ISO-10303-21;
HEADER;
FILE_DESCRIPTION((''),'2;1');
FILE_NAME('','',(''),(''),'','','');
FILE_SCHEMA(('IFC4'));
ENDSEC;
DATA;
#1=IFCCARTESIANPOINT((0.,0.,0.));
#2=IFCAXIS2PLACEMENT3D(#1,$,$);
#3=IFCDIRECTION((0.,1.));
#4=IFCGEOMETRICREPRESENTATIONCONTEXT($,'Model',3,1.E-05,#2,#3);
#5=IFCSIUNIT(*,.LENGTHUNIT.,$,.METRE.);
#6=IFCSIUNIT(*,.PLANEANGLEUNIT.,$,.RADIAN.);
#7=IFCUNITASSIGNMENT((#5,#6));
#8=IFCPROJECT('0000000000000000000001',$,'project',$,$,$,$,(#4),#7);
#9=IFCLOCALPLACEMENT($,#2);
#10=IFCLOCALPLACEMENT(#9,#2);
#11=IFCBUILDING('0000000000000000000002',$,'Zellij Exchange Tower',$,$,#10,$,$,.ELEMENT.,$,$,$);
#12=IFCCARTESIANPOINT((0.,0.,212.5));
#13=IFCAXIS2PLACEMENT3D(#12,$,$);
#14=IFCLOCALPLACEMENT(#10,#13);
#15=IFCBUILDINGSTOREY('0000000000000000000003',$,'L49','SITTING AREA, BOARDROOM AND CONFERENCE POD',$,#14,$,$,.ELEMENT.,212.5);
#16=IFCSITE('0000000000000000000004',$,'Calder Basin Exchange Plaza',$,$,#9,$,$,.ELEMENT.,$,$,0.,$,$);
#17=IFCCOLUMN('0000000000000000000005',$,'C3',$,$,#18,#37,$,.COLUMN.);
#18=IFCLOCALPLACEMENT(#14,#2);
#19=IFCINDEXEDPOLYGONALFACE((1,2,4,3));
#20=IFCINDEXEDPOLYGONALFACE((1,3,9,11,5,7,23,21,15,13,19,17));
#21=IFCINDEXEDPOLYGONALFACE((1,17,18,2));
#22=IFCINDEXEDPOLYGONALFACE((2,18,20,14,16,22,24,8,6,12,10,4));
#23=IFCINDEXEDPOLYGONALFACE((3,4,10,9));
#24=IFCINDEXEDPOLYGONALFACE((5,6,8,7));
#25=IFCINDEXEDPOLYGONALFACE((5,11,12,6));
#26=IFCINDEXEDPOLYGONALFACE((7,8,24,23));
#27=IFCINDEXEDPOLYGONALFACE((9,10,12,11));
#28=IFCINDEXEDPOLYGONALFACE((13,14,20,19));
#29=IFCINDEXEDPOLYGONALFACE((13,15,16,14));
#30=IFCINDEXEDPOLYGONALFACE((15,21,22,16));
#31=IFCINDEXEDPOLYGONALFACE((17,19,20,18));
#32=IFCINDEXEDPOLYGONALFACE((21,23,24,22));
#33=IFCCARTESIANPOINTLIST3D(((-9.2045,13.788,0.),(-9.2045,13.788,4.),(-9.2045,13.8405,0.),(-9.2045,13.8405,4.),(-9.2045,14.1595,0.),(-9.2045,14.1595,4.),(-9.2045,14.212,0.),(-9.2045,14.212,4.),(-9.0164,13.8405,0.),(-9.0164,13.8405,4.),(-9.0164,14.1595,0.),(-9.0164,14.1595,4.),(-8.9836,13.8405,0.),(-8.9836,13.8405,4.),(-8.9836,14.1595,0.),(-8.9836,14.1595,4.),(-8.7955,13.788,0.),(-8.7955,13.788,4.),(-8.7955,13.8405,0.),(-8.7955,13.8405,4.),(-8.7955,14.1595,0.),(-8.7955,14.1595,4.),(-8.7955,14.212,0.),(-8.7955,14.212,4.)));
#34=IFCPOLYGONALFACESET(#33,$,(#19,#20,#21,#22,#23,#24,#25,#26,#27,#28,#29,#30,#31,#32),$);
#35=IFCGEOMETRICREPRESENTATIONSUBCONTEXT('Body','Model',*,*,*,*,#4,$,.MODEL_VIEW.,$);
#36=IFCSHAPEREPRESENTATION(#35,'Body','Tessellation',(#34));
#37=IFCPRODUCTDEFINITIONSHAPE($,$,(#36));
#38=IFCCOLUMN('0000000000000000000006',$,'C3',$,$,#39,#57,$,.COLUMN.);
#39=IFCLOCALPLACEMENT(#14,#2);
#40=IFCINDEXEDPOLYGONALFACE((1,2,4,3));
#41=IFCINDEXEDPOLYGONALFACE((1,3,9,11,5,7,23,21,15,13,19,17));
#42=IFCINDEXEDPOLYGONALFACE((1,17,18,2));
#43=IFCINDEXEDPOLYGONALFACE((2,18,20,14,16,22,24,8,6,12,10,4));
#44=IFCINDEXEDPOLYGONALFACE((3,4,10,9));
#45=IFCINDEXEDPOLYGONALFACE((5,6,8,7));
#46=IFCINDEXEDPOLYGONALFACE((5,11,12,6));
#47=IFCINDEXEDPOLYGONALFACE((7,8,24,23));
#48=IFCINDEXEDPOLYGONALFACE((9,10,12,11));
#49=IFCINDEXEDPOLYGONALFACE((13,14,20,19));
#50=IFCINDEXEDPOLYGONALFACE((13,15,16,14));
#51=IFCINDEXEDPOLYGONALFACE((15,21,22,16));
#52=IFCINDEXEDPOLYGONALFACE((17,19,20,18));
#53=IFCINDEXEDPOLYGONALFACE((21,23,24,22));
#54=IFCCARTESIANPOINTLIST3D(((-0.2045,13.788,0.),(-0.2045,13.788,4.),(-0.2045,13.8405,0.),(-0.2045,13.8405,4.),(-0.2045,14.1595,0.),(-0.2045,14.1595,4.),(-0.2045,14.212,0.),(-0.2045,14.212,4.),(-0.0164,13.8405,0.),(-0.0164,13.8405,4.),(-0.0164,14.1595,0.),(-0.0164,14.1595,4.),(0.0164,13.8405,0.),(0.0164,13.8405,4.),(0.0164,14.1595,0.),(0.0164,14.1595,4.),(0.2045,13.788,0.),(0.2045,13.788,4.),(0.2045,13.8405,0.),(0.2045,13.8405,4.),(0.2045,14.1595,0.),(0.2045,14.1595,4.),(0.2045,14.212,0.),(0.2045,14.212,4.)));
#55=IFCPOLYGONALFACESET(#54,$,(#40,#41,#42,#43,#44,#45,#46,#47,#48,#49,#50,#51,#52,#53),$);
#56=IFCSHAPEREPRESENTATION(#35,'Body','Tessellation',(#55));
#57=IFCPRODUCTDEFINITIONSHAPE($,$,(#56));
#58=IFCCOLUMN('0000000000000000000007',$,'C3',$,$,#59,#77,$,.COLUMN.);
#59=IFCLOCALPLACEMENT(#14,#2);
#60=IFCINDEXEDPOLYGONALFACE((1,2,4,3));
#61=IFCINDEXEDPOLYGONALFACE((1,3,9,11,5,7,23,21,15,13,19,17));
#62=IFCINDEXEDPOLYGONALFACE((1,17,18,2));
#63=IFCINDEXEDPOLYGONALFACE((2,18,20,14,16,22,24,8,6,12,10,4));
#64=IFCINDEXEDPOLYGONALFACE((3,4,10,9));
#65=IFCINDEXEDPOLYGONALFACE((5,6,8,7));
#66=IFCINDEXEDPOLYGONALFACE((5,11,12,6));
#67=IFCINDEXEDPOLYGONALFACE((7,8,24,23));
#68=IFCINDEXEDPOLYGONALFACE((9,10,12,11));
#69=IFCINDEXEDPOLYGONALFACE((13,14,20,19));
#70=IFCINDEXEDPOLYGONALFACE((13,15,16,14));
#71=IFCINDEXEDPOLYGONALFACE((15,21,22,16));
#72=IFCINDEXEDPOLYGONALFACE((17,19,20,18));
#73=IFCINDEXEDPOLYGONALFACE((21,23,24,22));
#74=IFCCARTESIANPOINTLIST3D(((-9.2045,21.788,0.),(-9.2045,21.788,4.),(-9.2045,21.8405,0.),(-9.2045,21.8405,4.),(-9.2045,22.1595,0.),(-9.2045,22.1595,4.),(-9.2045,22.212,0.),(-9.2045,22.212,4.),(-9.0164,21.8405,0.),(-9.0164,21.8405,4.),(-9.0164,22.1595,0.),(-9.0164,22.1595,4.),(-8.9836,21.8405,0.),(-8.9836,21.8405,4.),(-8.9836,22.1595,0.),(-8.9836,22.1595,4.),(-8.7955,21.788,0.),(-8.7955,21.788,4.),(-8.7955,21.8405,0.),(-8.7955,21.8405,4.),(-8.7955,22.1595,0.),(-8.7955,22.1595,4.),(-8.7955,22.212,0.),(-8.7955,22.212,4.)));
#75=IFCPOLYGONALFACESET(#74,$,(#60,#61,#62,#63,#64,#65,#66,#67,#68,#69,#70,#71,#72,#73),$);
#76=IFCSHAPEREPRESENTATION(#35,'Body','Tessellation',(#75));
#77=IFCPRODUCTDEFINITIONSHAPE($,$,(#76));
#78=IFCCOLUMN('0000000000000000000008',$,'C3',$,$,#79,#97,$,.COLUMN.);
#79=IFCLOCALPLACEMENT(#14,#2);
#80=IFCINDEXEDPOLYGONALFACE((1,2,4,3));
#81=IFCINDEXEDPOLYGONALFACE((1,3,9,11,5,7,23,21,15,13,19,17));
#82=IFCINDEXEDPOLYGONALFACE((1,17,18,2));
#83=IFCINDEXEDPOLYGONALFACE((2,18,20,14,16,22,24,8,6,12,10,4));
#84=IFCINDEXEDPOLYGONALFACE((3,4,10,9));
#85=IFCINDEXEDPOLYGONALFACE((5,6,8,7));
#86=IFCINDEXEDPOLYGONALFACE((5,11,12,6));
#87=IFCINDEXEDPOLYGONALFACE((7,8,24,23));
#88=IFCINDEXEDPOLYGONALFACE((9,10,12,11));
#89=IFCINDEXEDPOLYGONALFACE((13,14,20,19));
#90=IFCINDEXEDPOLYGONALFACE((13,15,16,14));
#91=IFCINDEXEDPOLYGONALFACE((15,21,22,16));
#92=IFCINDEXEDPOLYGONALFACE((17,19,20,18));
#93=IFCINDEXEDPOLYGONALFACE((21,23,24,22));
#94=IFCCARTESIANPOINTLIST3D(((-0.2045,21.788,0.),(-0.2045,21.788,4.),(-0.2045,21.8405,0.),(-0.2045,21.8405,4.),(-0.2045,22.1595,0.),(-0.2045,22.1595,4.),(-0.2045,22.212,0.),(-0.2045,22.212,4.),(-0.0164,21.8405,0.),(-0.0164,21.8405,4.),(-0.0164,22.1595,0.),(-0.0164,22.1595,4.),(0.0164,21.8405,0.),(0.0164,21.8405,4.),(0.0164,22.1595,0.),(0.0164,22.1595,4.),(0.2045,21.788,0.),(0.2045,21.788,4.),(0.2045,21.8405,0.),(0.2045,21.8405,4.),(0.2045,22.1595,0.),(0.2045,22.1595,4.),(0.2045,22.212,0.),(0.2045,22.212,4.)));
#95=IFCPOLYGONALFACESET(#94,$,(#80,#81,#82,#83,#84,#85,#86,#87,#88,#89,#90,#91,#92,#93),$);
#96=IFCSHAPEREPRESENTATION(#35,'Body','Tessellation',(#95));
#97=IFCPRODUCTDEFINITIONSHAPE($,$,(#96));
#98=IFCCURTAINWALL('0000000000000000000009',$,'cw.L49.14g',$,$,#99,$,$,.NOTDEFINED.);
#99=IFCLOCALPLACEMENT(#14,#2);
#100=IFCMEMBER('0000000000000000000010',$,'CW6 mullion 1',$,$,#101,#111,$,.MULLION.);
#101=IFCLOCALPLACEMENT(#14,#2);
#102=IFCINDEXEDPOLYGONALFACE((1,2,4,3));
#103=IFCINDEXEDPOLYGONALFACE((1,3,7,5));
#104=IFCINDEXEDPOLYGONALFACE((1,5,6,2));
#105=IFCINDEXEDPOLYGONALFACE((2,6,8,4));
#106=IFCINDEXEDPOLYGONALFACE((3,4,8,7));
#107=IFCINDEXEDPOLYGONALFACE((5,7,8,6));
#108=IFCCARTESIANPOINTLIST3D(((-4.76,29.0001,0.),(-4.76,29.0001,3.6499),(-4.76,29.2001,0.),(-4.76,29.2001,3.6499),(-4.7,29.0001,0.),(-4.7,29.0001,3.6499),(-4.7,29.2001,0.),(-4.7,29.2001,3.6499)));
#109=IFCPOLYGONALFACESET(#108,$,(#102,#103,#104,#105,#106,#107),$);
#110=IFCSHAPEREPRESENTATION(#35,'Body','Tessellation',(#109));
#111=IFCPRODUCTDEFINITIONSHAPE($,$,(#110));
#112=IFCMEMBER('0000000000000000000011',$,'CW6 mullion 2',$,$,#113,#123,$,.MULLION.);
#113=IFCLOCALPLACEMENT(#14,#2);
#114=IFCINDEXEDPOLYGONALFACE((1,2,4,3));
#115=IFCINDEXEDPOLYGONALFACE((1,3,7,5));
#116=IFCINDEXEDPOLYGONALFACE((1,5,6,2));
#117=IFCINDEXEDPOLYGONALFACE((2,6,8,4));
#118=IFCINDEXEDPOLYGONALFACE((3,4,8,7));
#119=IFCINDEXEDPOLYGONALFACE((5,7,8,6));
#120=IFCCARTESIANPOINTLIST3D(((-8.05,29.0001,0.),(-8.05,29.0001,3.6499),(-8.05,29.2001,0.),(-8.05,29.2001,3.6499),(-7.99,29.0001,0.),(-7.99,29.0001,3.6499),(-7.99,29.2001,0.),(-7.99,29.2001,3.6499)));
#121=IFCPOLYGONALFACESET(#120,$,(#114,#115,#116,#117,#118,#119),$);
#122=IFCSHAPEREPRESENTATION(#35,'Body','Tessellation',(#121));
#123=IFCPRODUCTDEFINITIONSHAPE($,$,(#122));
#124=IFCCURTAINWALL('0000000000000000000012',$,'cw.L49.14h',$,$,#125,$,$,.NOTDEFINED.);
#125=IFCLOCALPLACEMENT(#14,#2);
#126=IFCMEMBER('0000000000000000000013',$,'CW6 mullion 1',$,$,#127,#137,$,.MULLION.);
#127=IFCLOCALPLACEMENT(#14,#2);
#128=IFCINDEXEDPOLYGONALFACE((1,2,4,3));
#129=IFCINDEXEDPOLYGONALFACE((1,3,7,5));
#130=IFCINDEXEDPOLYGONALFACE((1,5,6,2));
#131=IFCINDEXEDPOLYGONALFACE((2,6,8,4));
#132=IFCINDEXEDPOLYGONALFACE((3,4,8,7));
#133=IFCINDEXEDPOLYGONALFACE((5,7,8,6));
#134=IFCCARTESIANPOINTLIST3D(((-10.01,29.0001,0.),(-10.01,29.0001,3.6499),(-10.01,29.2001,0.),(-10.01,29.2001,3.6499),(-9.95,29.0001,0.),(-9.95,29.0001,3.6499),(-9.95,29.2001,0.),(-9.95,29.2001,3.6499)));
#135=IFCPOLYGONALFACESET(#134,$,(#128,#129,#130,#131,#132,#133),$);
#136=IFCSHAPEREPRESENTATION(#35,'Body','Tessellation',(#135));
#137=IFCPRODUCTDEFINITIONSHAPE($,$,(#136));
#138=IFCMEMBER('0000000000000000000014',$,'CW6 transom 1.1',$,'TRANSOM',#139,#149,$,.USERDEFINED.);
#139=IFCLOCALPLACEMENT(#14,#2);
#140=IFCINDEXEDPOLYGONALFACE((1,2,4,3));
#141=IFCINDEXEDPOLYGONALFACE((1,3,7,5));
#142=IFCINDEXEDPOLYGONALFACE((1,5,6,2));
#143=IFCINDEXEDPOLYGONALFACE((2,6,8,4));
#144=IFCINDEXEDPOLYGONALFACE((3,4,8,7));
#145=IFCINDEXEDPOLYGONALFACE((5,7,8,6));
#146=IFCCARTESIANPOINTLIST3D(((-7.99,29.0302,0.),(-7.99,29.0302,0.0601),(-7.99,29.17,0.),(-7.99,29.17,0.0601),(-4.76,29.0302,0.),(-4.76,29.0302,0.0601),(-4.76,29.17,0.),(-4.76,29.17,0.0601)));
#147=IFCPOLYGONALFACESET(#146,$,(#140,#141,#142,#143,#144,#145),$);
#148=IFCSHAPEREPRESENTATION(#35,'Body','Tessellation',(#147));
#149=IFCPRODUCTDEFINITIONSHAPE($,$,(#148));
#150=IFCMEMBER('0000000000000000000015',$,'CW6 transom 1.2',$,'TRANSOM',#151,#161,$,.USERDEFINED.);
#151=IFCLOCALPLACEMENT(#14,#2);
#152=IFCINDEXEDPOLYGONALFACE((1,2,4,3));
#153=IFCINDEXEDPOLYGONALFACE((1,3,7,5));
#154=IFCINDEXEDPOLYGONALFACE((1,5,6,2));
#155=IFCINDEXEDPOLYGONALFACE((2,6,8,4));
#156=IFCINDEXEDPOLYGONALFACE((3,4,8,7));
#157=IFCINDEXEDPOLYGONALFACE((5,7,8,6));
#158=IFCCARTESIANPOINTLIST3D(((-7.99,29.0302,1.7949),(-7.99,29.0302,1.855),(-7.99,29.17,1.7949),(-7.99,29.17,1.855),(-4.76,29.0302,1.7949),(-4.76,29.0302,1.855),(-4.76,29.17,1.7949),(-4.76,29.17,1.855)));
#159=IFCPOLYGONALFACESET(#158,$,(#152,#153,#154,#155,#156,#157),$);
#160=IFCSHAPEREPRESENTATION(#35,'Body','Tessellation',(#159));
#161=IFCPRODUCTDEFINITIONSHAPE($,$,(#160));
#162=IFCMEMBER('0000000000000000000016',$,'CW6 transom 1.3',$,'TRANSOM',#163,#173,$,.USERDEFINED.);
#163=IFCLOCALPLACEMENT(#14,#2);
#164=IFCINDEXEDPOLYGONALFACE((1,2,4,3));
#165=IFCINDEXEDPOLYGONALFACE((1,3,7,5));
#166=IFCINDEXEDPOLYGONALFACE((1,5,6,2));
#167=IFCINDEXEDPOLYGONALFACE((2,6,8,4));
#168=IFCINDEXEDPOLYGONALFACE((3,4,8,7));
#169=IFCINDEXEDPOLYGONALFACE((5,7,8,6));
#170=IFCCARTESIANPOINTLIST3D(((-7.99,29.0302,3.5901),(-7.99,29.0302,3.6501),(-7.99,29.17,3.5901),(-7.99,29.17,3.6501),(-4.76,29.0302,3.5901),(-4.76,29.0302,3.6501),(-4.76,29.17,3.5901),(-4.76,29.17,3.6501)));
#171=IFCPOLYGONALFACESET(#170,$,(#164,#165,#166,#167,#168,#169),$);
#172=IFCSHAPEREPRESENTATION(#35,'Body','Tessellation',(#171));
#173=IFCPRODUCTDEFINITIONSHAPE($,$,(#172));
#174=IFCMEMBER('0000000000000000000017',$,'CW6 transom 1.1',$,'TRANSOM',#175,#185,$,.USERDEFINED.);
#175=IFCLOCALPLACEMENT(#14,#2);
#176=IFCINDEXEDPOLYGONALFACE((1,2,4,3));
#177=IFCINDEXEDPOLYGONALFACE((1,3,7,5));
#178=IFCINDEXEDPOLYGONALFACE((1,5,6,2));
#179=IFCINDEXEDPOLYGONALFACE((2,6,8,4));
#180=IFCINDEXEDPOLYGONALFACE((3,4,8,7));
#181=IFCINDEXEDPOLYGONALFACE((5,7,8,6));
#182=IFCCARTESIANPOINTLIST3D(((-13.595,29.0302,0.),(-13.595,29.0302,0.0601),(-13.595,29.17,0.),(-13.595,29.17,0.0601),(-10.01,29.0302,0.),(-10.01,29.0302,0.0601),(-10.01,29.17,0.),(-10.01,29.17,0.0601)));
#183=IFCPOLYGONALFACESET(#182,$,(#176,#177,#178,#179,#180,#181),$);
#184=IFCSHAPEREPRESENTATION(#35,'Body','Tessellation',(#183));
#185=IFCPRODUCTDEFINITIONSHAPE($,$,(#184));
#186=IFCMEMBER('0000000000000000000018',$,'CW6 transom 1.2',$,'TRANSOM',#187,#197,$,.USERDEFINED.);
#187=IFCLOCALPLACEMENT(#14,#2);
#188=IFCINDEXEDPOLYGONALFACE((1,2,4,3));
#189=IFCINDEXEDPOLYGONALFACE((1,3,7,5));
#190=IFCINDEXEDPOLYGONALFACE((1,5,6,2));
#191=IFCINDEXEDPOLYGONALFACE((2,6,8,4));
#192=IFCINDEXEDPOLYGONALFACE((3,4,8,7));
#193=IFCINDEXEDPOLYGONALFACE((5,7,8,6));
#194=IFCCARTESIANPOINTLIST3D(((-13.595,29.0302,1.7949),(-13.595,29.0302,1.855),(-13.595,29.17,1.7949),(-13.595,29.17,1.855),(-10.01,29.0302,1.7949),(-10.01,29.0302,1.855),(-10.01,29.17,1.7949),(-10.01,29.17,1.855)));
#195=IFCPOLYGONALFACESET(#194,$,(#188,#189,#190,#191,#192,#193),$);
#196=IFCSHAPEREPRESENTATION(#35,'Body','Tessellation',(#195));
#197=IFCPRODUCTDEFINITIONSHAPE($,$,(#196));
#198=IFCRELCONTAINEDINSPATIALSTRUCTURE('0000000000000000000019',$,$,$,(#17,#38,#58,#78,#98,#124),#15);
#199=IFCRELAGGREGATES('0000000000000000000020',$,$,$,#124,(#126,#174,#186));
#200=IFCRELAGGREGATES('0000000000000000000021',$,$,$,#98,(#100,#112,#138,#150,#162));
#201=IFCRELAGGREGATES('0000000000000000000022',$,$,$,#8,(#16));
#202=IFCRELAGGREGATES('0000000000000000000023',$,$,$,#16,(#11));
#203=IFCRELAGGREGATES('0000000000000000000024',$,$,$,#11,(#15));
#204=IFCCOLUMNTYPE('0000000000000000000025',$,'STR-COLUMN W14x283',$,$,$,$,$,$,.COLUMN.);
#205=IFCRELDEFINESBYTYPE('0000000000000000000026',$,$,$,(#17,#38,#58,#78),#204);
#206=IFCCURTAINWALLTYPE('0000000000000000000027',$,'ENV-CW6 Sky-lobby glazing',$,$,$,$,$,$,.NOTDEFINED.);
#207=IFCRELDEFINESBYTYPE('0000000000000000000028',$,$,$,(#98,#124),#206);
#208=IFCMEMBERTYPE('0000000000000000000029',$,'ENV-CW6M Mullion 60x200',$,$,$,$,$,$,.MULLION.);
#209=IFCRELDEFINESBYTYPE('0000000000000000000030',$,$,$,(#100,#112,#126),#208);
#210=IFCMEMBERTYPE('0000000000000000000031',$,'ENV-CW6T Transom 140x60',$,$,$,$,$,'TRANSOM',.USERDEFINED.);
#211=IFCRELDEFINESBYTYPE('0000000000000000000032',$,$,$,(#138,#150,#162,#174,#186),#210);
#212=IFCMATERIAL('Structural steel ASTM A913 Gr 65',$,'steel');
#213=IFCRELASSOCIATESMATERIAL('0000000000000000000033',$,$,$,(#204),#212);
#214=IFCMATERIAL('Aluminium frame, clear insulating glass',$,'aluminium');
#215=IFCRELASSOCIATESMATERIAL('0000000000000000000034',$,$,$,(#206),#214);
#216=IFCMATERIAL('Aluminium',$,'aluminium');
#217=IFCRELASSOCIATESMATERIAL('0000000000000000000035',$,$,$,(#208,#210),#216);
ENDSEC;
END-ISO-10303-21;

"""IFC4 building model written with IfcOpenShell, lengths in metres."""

from ifc_helpers import new_model, si_unit, direction, frame, origin, origin_2d, place, context, subcontext, project, spatial, rectangle, i_section, extrude, material, material_profile, profile_set, type_object, element, aggregate, save


model = new_model("IFC4")

# Units and contexts
model_context = context("Model", 3, precision=1e-05, world=origin(), true_north=direction((0.0, 1.0)))
body_context = subcontext(model_context, "Body", "Model", "MODEL_VIEW")
ifc_project = project(units=[si_unit("LENGTHUNIT", "METRE"), si_unit("PLANEANGLEUNIT", "RADIAN")], contexts=[model_context])

# Site, building, storey
site_placement = place(None, origin())
site = spatial("IfcSite", under=ifc_project, at=site_placement, Name="Calder Basin Exchange Plaza", CompositionType="ELEMENT", RefElevation=0.0)
building_placement = place(site_placement, origin())
building = spatial("IfcBuilding", under=site, at=building_placement, Name="Zellij Exchange Tower", CompositionType="ELEMENT")
storey_placement = place(building_placement, frame((0.0, 0.0, 212.5)))
storey = spatial("IfcBuildingStorey", under=building, at=storey_placement, Name="L49", Description="SITTING AREA, BOARDROOM AND CONFERENCE POD", CompositionType="ELEMENT", Elevation=212.5)

# Columns
ifc_material_1 = material(Name="Structural steel ASTM A913 Gr 65", Category="steel")
ifc_material_profile_1 = material_profile(ifc_material_1, i_section(OverallWidth=0.4089, OverallDepth=0.4241, WebThickness=0.0327, FlangeThickness=0.0525, at=origin_2d()), Name="W14x283")
ifc_profile_set_1 = profile_set([ifc_material_profile_1], Name="Structural steel ASTM A913 Gr 65")
column_type_1 = type_object("IfcColumnType", Name="STR-COLUMN W14x283", PredefinedType="COLUMN", material=ifc_profile_set_1)
for number, where, z_axis, x_axis, name in (
    (1, (-9.0, 14.0, 0.0), (0.0, 0.0, 1.0), (1.0, 0.0, 0.0), "C3"),
    (2, (0.0, 14.0, 0.0), (0.0, 0.0, 1.0), (1.0, 0.0, 0.0), "C3"),
    (3, (-9.0, 22.0, 0.0), (0.0, 0.0, 1.0), (1.0, 0.0, 0.0), "C3"),
    (4, (0.0, 22.0, 0.0), (0.0, 0.0, 1.0), (1.0, 0.0, 0.0), "C3"),
):
    element("IfcColumn", number, at=place(storey_placement, frame(where, z_axis=z_axis, x_axis=x_axis)), inside=storey, type_object=column_type_1, Name=name, PredefinedType="COLUMN", context=body_context, shape_type="SweptSolid", body=[
        extrude(i_section(OverallWidth=0.4089, OverallDepth=0.4241, WebThickness=0.0327, FlangeThickness=0.0525, at=origin_2d()), origin(), (0.0, 0.0, 1.0), 4.0),
    ])

# Curtain wall, members
ifc_material_2 = material(Name="Aluminium frame, clear insulating glass", Category="aluminium")
curtain_wall_type = type_object("IfcCurtainWallType", Name="ENV-CW6 Sky-lobby glazing", PredefinedType="NOTDEFINED", material=ifc_material_2)
curtain_wall_1_placement = place(storey_placement, origin())
curtain_wall_1 = element("IfcCurtainWall", 5, at=curtain_wall_1_placement, inside=storey, type_object=curtain_wall_type, Name="cw.L49.14g", PredefinedType="NOTDEFINED")
ifc_material_3 = material(Name="Aluminium", Category="aluminium")
ifc_material_profile_2 = material_profile(ifc_material_3, rectangle(XDim=0.0601, YDim=0.2, at=origin_2d()), Name="AL 60x200")
ifc_profile_set_2 = profile_set([ifc_material_profile_2], Name="Aluminium")
member_type_1 = type_object("IfcMemberType", Name="ENV-CW6M Mullion 60x200", PredefinedType="MULLION", material=ifc_profile_set_2)
member_1_placement = place(storey_placement, frame((-4.73, 29.1001, 0.0), z_axis=(0.0, 0.0, 1.0), x_axis=(-1.0, 0.0, 0.0)))
member_1 = element("IfcMember", 6, at=member_1_placement, type_object=member_type_1, Name="CW6 mullion 1", PredefinedType="MULLION", context=body_context, shape_type="SweptSolid", body=[
    extrude(rectangle(XDim=0.0601, YDim=0.2, at=origin_2d()), origin(), (0.0, 0.0, 1.0), 3.6499),
])
member_2_placement = place(storey_placement, frame((-8.02, 29.1001, 0.0), z_axis=(0.0, 0.0, 1.0), x_axis=(-1.0, 0.0, 0.0)))
member_2 = element("IfcMember", 7, at=member_2_placement, type_object=member_type_1, Name="CW6 mullion 2", PredefinedType="MULLION", context=body_context, shape_type="SweptSolid", body=[
    extrude(rectangle(XDim=0.0601, YDim=0.2, at=origin_2d()), origin(), (0.0, 0.0, 1.0), 3.6499),
])

# Curtain wall, member
curtain_wall_2_placement = place(storey_placement, origin())
curtain_wall_2 = element("IfcCurtainWall", 8, at=curtain_wall_2_placement, inside=storey, type_object=curtain_wall_type, Name="cw.L49.14h", PredefinedType="NOTDEFINED")
member_3_placement = place(storey_placement, frame((-9.98, 29.1001, 0.0), z_axis=(0.0, 0.0, 1.0), x_axis=(-1.0, 0.0, 0.0)))
member_3 = element("IfcMember", 9, at=member_3_placement, type_object=member_type_1, Name="CW6 mullion 1", PredefinedType="MULLION", context=body_context, shape_type="SweptSolid", body=[
    extrude(rectangle(XDim=0.0601, YDim=0.2, at=origin_2d()), origin(), (0.0, 0.0, 1.0), 3.6499),
])

# Members
ifc_material_profile_3 = material_profile(ifc_material_3, rectangle(XDim=0.1399, YDim=0.0601, at=origin_2d()), Name="AL 140x60")
ifc_profile_set_3 = profile_set([ifc_material_profile_3], Name="Aluminium")
member_type_2 = type_object("IfcMemberType", Name="ENV-CW6T Transom 140x60", ElementType="TRANSOM", PredefinedType="USERDEFINED", material=ifc_profile_set_3)
member_4_placement = place(storey_placement, frame((-4.76, 29.1001, 0.03), z_axis=(-1.0, 0.0, 0.0), x_axis=(0.0, -1.0, 0.0)))
member_4 = element("IfcMember", 10, at=member_4_placement, type_object=member_type_2, Name="CW6 transom 1.1", ObjectType="TRANSOM", PredefinedType="USERDEFINED", context=body_context, shape_type="SweptSolid", body=[
    extrude(rectangle(XDim=0.1399, YDim=0.0601, at=origin_2d()), origin(), (0.0, 0.0, 1.0), 3.23),
])
member_5_placement = place(storey_placement, frame((-4.76, 29.1001, 1.825), z_axis=(-1.0, 0.0, 0.0), x_axis=(0.0, -1.0, 0.0)))
member_5 = element("IfcMember", 11, at=member_5_placement, type_object=member_type_2, Name="CW6 transom 1.2", ObjectType="TRANSOM", PredefinedType="USERDEFINED", context=body_context, shape_type="SweptSolid", body=[
    extrude(rectangle(XDim=0.1399, YDim=0.0601, at=origin_2d()), origin(), (0.0, 0.0, 1.0), 3.23),
])
member_6_placement = place(storey_placement, frame((-4.76, 29.1001, 3.6201), z_axis=(-1.0, 0.0, 0.0), x_axis=(0.0, -1.0, 0.0)))
member_6 = element("IfcMember", 12, at=member_6_placement, type_object=member_type_2, Name="CW6 transom 1.3", ObjectType="TRANSOM", PredefinedType="USERDEFINED", context=body_context, shape_type="SweptSolid", body=[
    extrude(rectangle(XDim=0.1399, YDim=0.0601, at=origin_2d()), origin(), (0.0, 0.0, 1.0), 3.23),
])
member_7_placement = place(storey_placement, frame((-10.01, 29.1001, 0.03), z_axis=(-1.0, 0.0, 0.0), x_axis=(0.0, -1.0, 0.0)))
member_7 = element("IfcMember", 13, at=member_7_placement, type_object=member_type_2, Name="CW6 transom 1.1", ObjectType="TRANSOM", PredefinedType="USERDEFINED", context=body_context, shape_type="SweptSolid", body=[
    extrude(rectangle(XDim=0.1399, YDim=0.0601, at=origin_2d()), origin(), (0.0, 0.0, 1.0), 3.585),
])
member_8_placement = place(storey_placement, frame((-10.01, 29.1001, 1.825), z_axis=(-1.0, 0.0, 0.0), x_axis=(0.0, -1.0, 0.0)))
member_8 = element("IfcMember", 14, at=member_8_placement, type_object=member_type_2, Name="CW6 transom 1.2", ObjectType="TRANSOM", PredefinedType="USERDEFINED", context=body_context, shape_type="SweptSolid", body=[
    extrude(rectangle(XDim=0.1399, YDim=0.0601, at=origin_2d()), origin(), (0.0, 0.0, 1.0), 3.585),
])
aggregate(curtain_wall_2, [member_3, member_7, member_8])

aggregate(curtain_wall_1, [member_1, member_2, member_4, member_5, member_6])

save(model, "model.ifc")
